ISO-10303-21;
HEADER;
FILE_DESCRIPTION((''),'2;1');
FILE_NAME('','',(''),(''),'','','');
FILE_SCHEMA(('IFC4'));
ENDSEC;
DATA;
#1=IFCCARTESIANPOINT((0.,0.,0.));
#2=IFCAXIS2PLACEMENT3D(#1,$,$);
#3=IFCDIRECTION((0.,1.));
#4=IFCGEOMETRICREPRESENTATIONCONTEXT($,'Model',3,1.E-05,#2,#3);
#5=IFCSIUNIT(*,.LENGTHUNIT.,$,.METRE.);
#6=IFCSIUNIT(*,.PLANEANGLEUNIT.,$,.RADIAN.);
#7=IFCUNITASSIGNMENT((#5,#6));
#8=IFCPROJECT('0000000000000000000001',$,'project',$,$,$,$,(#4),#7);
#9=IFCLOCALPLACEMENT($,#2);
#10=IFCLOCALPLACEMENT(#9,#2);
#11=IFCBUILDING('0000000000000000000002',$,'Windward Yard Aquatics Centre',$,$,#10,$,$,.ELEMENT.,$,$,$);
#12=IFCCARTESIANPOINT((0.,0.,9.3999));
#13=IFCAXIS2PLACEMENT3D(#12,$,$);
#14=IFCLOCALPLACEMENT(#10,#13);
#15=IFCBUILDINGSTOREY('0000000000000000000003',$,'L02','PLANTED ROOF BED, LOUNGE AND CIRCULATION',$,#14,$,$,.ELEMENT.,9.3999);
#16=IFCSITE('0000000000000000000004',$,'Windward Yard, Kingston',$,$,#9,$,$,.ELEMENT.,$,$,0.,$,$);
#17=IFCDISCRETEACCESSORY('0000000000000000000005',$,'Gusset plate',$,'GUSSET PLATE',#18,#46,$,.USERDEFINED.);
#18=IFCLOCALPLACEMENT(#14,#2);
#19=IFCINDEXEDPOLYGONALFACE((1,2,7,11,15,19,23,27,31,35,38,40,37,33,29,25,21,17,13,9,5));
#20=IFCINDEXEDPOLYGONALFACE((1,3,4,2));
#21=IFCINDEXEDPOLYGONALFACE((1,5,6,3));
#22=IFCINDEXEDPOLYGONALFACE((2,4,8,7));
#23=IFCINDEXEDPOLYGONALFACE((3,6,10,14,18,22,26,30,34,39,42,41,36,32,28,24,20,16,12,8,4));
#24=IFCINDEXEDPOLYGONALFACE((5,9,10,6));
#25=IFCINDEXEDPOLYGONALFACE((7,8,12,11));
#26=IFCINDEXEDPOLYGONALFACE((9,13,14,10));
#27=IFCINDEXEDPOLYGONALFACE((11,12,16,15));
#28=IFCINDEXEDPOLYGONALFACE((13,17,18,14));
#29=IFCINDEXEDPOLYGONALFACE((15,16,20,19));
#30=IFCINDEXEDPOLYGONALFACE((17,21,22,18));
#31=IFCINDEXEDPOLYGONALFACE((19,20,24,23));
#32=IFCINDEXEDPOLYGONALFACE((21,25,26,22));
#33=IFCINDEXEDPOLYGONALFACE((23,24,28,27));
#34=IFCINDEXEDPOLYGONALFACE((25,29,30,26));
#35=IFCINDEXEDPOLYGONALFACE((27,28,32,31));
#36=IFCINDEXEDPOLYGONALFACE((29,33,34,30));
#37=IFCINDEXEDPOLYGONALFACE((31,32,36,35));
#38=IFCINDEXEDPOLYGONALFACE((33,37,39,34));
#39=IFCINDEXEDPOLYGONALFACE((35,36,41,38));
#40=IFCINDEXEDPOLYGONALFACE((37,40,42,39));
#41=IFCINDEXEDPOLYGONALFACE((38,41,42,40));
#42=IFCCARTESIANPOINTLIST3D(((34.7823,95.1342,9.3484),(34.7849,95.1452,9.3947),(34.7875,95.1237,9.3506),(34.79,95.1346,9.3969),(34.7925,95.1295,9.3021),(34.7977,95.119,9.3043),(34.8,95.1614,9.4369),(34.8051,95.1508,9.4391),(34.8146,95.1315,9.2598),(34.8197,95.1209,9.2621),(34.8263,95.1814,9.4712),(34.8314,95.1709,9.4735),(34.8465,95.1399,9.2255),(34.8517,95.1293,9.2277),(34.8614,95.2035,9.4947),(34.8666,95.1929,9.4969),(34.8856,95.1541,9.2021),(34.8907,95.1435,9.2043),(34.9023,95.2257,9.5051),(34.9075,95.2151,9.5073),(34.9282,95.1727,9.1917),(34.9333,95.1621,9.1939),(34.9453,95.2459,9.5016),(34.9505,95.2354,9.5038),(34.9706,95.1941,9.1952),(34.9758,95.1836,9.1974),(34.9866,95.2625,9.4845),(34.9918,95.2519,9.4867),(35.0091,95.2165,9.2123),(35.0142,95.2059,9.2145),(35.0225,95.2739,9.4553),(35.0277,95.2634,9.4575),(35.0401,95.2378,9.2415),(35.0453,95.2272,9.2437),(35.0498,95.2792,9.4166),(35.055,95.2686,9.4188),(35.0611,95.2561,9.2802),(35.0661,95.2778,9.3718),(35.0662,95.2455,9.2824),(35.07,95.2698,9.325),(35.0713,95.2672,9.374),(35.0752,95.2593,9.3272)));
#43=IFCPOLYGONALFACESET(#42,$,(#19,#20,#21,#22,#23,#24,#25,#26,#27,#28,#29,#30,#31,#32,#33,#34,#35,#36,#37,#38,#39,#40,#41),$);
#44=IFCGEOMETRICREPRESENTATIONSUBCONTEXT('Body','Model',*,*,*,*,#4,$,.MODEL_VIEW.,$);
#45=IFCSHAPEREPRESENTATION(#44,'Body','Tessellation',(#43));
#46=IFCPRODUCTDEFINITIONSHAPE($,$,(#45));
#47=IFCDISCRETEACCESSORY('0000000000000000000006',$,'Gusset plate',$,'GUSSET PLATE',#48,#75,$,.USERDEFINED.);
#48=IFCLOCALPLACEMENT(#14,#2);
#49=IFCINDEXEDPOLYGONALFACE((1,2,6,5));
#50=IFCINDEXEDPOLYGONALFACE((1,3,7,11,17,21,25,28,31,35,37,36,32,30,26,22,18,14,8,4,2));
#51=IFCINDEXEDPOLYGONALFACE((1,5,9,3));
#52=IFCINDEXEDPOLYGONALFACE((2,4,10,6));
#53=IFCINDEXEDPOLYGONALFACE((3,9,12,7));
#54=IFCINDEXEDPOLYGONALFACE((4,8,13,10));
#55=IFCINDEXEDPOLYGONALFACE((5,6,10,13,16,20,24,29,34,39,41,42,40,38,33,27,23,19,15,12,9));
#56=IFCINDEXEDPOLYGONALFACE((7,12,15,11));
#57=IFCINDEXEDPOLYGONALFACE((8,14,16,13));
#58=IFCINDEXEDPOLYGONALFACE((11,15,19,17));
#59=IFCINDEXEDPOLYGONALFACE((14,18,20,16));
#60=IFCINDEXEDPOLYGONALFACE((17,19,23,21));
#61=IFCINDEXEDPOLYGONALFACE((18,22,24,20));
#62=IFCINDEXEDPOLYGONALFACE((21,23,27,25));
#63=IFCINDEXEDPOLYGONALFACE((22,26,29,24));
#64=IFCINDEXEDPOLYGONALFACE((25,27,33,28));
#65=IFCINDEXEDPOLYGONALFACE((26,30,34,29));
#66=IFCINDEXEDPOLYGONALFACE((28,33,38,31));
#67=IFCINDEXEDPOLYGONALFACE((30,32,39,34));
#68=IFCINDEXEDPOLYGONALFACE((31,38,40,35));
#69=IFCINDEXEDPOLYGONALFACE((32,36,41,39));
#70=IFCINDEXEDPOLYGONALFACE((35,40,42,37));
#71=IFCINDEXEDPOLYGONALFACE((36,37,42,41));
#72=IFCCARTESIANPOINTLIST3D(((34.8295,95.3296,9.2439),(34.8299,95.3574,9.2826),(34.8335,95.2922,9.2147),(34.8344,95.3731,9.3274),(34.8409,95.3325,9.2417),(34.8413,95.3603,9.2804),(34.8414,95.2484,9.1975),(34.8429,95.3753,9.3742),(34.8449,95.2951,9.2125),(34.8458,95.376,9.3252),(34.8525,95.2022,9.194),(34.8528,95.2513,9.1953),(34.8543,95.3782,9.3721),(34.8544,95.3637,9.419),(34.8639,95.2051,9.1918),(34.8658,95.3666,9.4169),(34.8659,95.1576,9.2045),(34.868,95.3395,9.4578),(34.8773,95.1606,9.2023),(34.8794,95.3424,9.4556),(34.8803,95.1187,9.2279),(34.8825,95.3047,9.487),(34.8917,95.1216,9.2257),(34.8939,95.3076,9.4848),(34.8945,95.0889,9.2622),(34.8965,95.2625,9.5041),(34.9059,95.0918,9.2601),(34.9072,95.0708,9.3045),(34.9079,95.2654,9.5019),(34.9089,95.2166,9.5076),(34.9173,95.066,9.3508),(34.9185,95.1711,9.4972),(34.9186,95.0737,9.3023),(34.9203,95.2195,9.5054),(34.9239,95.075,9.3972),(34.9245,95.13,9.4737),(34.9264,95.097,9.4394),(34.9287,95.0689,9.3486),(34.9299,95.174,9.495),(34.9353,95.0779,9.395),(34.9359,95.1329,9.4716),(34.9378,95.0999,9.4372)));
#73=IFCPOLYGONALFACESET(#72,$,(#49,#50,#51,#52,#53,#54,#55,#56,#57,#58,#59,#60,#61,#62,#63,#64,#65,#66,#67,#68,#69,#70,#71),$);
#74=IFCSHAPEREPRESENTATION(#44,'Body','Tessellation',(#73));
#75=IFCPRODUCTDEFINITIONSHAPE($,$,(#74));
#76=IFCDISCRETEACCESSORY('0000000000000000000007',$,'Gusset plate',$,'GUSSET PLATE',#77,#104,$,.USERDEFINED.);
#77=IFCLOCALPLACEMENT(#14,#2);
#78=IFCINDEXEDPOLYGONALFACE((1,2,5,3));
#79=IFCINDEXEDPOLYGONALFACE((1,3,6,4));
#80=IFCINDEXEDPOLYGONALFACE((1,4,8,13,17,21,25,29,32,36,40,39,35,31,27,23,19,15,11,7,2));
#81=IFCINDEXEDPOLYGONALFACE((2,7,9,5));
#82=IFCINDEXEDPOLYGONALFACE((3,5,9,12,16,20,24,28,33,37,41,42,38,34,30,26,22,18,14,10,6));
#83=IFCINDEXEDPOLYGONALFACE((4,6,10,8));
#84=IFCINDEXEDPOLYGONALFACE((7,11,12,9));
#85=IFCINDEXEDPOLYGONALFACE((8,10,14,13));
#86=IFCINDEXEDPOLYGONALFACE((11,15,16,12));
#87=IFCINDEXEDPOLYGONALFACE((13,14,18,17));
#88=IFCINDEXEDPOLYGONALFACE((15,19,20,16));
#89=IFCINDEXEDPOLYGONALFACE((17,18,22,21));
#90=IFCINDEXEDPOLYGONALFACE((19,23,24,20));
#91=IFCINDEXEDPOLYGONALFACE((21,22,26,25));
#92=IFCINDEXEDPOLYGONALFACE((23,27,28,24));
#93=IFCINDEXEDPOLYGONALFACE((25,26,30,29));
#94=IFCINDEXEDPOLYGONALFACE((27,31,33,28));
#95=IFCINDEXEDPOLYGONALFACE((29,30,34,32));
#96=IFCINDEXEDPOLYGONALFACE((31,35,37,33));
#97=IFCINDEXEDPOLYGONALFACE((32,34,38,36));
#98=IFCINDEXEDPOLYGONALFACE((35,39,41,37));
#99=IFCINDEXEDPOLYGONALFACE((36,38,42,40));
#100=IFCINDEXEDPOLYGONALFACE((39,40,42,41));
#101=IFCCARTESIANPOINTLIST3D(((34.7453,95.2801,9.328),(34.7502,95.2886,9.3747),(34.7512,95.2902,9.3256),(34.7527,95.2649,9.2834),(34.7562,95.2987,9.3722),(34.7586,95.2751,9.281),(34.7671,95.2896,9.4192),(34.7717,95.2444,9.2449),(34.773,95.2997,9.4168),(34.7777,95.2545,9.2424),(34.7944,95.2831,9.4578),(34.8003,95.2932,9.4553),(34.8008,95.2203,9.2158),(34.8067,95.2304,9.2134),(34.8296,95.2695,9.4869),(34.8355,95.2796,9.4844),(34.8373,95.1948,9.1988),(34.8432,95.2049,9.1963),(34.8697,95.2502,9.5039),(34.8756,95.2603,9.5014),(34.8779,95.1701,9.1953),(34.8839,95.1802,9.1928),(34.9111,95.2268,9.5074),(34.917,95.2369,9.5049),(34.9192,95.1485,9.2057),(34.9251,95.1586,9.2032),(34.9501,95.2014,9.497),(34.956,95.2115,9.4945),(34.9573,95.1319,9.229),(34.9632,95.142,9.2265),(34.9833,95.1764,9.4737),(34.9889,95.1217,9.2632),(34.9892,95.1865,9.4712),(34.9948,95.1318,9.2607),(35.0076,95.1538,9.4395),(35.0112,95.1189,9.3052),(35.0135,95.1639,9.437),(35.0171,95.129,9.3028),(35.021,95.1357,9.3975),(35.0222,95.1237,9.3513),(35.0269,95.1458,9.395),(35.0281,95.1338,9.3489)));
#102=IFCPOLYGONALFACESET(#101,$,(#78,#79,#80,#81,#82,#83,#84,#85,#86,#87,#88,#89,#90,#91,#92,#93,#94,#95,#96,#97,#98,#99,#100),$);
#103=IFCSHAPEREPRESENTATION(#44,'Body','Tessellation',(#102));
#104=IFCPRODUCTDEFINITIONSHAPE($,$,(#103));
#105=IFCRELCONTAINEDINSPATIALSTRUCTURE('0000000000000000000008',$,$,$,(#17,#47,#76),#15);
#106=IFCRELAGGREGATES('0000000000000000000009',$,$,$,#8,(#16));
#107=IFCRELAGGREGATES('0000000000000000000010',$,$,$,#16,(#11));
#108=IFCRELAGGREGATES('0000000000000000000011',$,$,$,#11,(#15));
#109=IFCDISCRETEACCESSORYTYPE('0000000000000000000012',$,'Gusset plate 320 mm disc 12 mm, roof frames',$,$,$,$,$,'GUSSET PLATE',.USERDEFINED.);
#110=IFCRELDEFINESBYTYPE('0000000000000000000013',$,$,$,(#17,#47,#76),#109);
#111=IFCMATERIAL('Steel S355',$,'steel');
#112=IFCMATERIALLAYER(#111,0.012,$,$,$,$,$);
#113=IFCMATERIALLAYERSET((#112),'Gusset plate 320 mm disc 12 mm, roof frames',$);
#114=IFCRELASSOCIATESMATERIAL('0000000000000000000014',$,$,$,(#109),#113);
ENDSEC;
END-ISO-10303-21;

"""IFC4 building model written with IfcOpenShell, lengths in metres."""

from ifc_helpers import new_model, si_unit, direction, frame, origin, origin_2d, place, context, subcontext, project, spatial, circle, extrude, material, layer, layer_set, type_object, element, save


model = new_model("IFC4")

# Units and contexts
model_context = context("Model", 3, precision=1e-05, world=origin(), true_north=direction((0.0, 1.0)))
body_context = subcontext(model_context, "Body", "Model", "MODEL_VIEW")
ifc_project = project(units=[si_unit("LENGTHUNIT", "METRE"), si_unit("PLANEANGLEUNIT", "RADIAN")], contexts=[model_context])

# Site, building, storey
site_placement = place(None, origin())
site = spatial("IfcSite", under=ifc_project, at=site_placement, Name="Windward Yard, Kingston", CompositionType="ELEMENT", RefElevation=0.0)
building_placement = place(site_placement, origin())
building = spatial("IfcBuilding", under=site, at=building_placement, Name="Windward Yard Aquatics Centre", CompositionType="ELEMENT")
storey_placement = place(building_placement, frame((0.0, 0.0, 9.3999)))
storey = spatial("IfcBuildingStorey", under=building, at=storey_placement, Name="L02", Description="PLANTED ROOF BED, LOUNGE AND CIRCULATION", CompositionType="ELEMENT", Elevation=9.3999)

# Shared definitions
ifc_material_1 = material(Name="Steel S355", Category="steel")

# Discrete accessories
ifc_layer_1 = layer(ifc_material_1, 0.012)
ifc_layer_set_1 = layer_set([ifc_layer_1], Name="Gusset plate 320 mm disc 12 mm, roof frames")
discrete_accessory_type_1 = type_object("IfcDiscreteAccessoryType", Name="Gusset plate 320 mm disc 12 mm, roof frames", ElementType="GUSSET PLATE", PredefinedType="USERDEFINED", material=ifc_layer_set_1)
for number, where, z_axis, x_axis, name in (
    (1, (34.9312, 95.1938, 9.3506), (-0.431274, 0.883085, -0.184832), (-0.898568, -0.438835, 0.0), "Gusset plate"),
    (2, (34.8892, 95.2239, 9.3486), (-0.952659, -0.243232, 0.182424), (0.247383, -0.968918, 0.0), "Gusset plate"),
    (3, (34.8901, 95.2146, 9.3489), (-0.494346, -0.844509, 0.205978), (0.863014, -0.505179, 0.0), "Gusset plate"),
):
    element("IfcDiscreteAccessory", number, at=place(storey_placement, frame(where, z_axis=z_axis, x_axis=x_axis)), inside=storey, type_object=discrete_accessory_type_1, Name=name, ObjectType="GUSSET PLATE", PredefinedType="USERDEFINED", context=body_context, shape_type="SweptSolid", body=[
        extrude(circle(Radius=0.1599, at=origin_2d()), origin(), (0.0, 0.0, 1.0), 0.012),
    ])

save(model, "model.ifc")
